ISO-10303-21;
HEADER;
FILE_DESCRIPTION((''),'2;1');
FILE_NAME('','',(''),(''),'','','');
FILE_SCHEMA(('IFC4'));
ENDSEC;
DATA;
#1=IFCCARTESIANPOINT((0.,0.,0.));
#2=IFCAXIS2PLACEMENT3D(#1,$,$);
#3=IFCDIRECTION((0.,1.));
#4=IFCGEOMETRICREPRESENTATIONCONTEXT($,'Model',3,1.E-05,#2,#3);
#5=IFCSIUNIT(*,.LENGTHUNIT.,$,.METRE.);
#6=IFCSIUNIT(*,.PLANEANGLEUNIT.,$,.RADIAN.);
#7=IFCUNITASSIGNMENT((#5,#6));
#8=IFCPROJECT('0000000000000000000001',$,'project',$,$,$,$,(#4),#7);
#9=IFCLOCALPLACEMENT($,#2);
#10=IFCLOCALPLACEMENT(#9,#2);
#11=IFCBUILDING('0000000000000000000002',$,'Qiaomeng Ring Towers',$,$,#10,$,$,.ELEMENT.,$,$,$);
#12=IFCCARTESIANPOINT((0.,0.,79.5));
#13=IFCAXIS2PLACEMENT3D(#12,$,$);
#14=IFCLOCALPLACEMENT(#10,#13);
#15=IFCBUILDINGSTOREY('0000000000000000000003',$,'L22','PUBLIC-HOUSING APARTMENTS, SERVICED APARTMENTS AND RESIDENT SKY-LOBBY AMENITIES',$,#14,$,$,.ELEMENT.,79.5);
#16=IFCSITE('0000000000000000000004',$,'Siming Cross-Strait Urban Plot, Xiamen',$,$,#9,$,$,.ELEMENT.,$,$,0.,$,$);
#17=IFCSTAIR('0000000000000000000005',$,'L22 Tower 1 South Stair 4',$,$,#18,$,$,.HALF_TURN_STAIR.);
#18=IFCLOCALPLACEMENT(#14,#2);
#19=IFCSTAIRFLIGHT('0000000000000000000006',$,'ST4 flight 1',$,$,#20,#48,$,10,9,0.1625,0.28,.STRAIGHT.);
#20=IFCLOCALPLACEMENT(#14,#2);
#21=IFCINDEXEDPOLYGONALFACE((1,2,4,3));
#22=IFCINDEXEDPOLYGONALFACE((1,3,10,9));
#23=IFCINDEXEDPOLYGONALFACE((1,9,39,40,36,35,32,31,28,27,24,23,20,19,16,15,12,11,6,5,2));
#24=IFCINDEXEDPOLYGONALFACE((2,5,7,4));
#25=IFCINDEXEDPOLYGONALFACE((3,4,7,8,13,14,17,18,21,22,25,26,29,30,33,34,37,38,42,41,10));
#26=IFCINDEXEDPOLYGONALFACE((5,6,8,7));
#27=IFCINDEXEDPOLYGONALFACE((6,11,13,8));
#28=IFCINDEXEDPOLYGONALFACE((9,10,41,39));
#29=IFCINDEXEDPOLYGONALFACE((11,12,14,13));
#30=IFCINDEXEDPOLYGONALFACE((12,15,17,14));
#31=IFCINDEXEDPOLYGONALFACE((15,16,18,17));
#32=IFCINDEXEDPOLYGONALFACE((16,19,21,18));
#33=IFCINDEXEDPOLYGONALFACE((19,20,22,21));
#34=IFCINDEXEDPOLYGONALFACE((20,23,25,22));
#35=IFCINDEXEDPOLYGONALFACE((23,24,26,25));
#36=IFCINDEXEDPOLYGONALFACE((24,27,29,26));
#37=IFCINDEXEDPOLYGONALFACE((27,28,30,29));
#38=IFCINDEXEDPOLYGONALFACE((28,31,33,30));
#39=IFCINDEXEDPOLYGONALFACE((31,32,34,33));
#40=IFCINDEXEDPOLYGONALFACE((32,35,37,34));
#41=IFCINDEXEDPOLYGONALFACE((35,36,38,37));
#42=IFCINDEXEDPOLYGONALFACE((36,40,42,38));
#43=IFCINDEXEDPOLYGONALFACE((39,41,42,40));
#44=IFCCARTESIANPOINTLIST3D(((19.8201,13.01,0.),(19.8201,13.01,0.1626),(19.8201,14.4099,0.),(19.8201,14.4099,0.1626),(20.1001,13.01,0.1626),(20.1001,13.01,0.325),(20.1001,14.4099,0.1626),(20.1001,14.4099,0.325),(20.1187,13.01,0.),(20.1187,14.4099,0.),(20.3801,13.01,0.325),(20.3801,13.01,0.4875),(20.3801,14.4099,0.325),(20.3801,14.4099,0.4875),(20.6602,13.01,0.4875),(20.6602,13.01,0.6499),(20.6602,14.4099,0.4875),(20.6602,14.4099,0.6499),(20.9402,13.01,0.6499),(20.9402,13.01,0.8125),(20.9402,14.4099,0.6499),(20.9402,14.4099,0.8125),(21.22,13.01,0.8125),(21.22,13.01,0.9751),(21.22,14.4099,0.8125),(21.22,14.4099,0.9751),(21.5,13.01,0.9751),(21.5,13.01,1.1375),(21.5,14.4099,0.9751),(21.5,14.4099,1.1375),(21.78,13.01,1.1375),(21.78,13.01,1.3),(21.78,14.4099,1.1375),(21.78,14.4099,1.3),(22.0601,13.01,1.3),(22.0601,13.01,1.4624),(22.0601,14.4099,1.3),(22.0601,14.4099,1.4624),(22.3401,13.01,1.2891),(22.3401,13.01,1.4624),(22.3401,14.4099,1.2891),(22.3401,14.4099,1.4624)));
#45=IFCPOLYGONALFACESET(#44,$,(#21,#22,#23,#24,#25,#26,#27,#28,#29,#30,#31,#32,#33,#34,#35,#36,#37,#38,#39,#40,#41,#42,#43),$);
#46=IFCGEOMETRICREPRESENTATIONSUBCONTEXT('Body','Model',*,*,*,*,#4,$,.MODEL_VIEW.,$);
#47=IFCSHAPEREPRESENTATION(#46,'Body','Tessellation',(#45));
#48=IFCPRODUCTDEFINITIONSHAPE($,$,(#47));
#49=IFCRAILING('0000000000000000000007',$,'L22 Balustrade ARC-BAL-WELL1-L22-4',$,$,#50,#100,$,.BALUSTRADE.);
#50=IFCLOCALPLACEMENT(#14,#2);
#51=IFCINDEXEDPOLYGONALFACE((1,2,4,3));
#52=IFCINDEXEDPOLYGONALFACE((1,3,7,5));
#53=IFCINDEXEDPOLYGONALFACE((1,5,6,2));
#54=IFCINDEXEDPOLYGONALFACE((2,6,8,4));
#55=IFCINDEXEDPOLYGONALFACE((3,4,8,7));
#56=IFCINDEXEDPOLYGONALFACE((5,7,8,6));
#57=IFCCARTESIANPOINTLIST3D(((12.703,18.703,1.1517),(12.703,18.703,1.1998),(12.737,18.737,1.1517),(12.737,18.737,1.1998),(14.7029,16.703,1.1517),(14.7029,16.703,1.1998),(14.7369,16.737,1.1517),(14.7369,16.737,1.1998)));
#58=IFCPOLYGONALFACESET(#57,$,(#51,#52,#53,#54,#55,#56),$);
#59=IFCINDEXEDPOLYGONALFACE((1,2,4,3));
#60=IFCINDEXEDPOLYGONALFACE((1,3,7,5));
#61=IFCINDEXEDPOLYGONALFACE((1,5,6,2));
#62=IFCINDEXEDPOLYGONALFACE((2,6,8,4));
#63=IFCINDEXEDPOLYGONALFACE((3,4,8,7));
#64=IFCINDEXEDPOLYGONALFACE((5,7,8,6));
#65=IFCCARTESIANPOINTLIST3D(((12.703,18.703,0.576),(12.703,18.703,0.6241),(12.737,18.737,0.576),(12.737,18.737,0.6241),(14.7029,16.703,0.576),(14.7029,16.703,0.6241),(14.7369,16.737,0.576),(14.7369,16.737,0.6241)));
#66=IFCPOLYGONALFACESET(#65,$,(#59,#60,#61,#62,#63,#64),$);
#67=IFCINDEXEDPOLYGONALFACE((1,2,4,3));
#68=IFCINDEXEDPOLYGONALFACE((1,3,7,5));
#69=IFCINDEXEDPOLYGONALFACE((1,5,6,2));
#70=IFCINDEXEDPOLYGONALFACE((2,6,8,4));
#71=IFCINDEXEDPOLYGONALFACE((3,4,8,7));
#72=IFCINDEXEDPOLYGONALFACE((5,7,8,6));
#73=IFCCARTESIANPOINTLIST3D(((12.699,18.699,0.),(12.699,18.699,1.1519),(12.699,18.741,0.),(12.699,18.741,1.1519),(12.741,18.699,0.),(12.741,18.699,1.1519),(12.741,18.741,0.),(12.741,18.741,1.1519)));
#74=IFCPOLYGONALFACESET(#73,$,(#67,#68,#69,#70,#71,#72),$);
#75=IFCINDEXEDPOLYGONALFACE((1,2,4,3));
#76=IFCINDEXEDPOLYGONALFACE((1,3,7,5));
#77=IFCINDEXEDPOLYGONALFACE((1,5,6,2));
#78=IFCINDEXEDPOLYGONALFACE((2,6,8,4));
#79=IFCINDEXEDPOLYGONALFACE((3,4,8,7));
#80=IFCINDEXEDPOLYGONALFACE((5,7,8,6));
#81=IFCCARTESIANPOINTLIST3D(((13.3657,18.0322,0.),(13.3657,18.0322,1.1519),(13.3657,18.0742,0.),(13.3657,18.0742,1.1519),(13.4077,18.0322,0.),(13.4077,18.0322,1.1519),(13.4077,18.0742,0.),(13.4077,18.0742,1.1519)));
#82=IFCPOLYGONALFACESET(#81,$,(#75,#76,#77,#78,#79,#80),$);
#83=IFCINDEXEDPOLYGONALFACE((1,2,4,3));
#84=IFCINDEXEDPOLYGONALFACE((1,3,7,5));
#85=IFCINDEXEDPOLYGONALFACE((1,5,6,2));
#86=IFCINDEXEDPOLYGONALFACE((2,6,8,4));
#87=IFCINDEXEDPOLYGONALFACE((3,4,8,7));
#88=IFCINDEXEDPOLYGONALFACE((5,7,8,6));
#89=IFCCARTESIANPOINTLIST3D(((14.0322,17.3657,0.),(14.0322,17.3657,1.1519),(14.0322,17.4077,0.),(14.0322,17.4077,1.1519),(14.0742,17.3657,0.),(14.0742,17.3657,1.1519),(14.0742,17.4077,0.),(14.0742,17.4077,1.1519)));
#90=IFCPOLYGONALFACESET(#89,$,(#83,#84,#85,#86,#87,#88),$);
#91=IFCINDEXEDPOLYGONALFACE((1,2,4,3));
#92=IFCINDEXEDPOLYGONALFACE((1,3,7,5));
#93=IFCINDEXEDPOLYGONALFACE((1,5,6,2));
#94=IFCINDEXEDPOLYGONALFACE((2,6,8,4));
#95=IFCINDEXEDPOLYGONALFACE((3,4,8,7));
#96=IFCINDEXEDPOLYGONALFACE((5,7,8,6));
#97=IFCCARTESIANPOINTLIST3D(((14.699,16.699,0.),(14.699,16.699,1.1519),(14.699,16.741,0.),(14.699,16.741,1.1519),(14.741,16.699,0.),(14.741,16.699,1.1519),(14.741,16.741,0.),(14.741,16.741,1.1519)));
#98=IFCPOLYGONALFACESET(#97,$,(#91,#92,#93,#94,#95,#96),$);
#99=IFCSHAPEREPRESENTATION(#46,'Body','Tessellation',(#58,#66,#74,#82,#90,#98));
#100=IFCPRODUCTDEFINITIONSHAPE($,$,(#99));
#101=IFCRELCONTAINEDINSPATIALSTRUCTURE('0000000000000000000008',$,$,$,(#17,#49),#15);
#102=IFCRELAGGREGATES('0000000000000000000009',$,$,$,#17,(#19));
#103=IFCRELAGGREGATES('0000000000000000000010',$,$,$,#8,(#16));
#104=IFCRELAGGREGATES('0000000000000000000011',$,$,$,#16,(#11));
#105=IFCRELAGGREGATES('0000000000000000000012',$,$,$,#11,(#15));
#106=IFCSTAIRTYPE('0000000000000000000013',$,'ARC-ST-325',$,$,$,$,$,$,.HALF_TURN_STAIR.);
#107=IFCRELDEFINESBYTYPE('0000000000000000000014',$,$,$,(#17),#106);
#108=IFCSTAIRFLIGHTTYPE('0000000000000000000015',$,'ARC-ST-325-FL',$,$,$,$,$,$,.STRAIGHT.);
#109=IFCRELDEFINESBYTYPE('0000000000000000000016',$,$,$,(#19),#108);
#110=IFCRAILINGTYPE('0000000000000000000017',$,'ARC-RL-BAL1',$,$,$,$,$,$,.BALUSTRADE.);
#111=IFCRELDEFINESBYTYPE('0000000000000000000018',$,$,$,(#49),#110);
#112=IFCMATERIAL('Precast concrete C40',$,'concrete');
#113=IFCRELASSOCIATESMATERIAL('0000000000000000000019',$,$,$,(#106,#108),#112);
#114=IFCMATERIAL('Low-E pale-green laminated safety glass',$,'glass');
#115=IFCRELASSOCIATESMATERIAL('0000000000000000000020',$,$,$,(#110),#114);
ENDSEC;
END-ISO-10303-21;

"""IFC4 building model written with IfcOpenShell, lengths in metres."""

from ifc_helpers import new_model, si_unit, direction, frame, origin, origin_2d, place, context, subcontext, project, spatial, polyline, rectangle, outline, extrude, source, transform, mapped, material, type_object, element, aggregate, save


model = new_model("IFC4")

# Units and contexts
model_context = context("Model", 3, precision=1e-05, world=origin(), true_north=direction((0.0, 1.0)))
body_context = subcontext(model_context, "Body", "Model", "MODEL_VIEW")
ifc_project = project(units=[si_unit("LENGTHUNIT", "METRE"), si_unit("PLANEANGLEUNIT", "RADIAN")], contexts=[model_context])

# Site, building, storey
site_placement = place(None, origin())
site = spatial("IfcSite", under=ifc_project, at=site_placement, Name="Siming Cross-Strait Urban Plot, Xiamen", CompositionType="ELEMENT", RefElevation=0.0)
building_placement = place(site_placement, origin())
building = spatial("IfcBuilding", under=site, at=building_placement, Name="Qiaomeng Ring Towers", CompositionType="ELEMENT")
storey_placement = place(building_placement, frame((0.0, 0.0, 79.5)))
storey = spatial("IfcBuildingStorey", under=building, at=storey_placement, Name="L22", Description="PUBLIC-HOUSING APARTMENTS, SERVICED APARTMENTS AND RESIDENT SKY-LOBBY AMENITIES", CompositionType="ELEMENT", Elevation=79.5)

# Stair, stair flight
ifc_material_1 = material(Name="Precast concrete C40", Category="concrete")
stair_type = type_object("IfcStairType", Name="ARC-ST-325", PredefinedType="HALF_TURN_STAIR", material=ifc_material_1)
stair_flight_type = type_object("IfcStairFlightType", Name="ARC-ST-325-FL", PredefinedType="STRAIGHT", material=ifc_material_1)
shared_shape_1 = source(origin(), body_context, "Body", "SweptSolid", [
    extrude(outline(polyline([(0.0, 0.0), (0.0, 0.1626), (0.28, 0.1626), (0.28, 0.325), (0.5601, 0.325), (0.5601, 0.4875), (0.8401, 0.4875), (0.8401, 0.6499), (1.1201, 0.6499), (1.1201, 0.8125), (1.3999, 0.8125), (1.3999, 0.9751), (1.6799, 0.9751), (1.6799, 1.1375), (1.96, 1.1375), (1.96, 1.3), (2.24, 1.3), (2.24, 1.4624), (2.52, 1.4624), (2.52, 1.625), (2.52, 1.2891), (0.2986, 0.0), (0.0, 0.0)])), frame((0.0, 0.7, 0.0), z_axis=(0.0, -1.0, 0.0), x_axis=(1.0, 0.0, 0.0)), (0.0, 0.0, 1.0), 1.3999),
])
stair_1_placement = place(storey_placement, origin())
stair_1 = element("IfcStair", 1, at=stair_1_placement, inside=storey, type_object=stair_type, Name="L22 Tower 1 South Stair 4", PredefinedType="HALF_TURN_STAIR")
stair_flight_1_placement = place(storey_placement, frame((19.8201, 13.71, 0.0), z_axis=(0.0, 0.0, 1.0), x_axis=(1.0, 0.0, 0.0)))
stair_flight_1 = element("IfcStairFlight", 2, at=stair_flight_1_placement, type_object=stair_flight_type, Name="ST4 flight 1", NumberOfRisers=10, NumberOfTreads=9, PredefinedType="STRAIGHT", RiserHeight=0.1625, TreadLength=0.28, context=body_context, shape_type="MappedRepresentation", body=[
    mapped(shared_shape_1, transform((0.0, 0.0, 0.0), x_axis=(1.0, 0.0, 0.0), y_axis=(0.0, 1.0, 0.0), z_axis=(0.0, 0.0, 1.0), scale=1.0)),
])
aggregate(stair_1, [stair_flight_1])

# Railing
ifc_material_2 = material(Name="Low-E pale-green laminated safety glass", Category="glass")
railing_type_1 = type_object("IfcRailingType", Name="ARC-RL-BAL1", PredefinedType="BALUSTRADE", material=ifc_material_2)
railing_1_placement = place(storey_placement, frame((12.72, 18.72, 0.0)))
element("IfcRailing", 3, at=railing_1_placement, inside=storey, type_object=railing_type_1, Name="L22 Balustrade ARC-BAL-WELL1-L22-4", PredefinedType="BALUSTRADE", context=body_context, shape_type="SweptSolid", body=[
    extrude(rectangle(XDim=0.0481, YDim=0.0481, at=origin_2d()), frame((0.0, 0.0, 1.1758), z_axis=(0.707107, -0.707107, 0.0), x_axis=(0.707107, 0.707107, 0.0)), (0.0, 0.0, 1.0), 2.8284),
    extrude(rectangle(XDim=0.0481, YDim=0.0481, at=origin_2d()), frame((0.0, 0.0, 0.6001), z_axis=(0.707107, -0.707107, 0.0), x_axis=(0.707107, 0.707107, 0.0)), (0.0, 0.0, 1.0), 2.8284),
    extrude(rectangle(XDim=0.042, YDim=0.042, at=origin_2d()), origin(), (0.0, 0.0, 1.0), 1.1519),
    extrude(rectangle(XDim=0.042, YDim=0.042, at=origin_2d()), frame((0.6667, -0.6667, 0.0)), (0.0, 0.0, 1.0), 1.1519),
    extrude(rectangle(XDim=0.042, YDim=0.042, at=origin_2d()), frame((1.3333, -1.3333, 0.0)), (0.0, 0.0, 1.0), 1.1519),
    extrude(rectangle(XDim=0.042, YDim=0.042, at=origin_2d()), frame((2.0, -2.0, 0.0)), (0.0, 0.0, 1.0), 1.1519),
])

save(model, "model.ifc")
